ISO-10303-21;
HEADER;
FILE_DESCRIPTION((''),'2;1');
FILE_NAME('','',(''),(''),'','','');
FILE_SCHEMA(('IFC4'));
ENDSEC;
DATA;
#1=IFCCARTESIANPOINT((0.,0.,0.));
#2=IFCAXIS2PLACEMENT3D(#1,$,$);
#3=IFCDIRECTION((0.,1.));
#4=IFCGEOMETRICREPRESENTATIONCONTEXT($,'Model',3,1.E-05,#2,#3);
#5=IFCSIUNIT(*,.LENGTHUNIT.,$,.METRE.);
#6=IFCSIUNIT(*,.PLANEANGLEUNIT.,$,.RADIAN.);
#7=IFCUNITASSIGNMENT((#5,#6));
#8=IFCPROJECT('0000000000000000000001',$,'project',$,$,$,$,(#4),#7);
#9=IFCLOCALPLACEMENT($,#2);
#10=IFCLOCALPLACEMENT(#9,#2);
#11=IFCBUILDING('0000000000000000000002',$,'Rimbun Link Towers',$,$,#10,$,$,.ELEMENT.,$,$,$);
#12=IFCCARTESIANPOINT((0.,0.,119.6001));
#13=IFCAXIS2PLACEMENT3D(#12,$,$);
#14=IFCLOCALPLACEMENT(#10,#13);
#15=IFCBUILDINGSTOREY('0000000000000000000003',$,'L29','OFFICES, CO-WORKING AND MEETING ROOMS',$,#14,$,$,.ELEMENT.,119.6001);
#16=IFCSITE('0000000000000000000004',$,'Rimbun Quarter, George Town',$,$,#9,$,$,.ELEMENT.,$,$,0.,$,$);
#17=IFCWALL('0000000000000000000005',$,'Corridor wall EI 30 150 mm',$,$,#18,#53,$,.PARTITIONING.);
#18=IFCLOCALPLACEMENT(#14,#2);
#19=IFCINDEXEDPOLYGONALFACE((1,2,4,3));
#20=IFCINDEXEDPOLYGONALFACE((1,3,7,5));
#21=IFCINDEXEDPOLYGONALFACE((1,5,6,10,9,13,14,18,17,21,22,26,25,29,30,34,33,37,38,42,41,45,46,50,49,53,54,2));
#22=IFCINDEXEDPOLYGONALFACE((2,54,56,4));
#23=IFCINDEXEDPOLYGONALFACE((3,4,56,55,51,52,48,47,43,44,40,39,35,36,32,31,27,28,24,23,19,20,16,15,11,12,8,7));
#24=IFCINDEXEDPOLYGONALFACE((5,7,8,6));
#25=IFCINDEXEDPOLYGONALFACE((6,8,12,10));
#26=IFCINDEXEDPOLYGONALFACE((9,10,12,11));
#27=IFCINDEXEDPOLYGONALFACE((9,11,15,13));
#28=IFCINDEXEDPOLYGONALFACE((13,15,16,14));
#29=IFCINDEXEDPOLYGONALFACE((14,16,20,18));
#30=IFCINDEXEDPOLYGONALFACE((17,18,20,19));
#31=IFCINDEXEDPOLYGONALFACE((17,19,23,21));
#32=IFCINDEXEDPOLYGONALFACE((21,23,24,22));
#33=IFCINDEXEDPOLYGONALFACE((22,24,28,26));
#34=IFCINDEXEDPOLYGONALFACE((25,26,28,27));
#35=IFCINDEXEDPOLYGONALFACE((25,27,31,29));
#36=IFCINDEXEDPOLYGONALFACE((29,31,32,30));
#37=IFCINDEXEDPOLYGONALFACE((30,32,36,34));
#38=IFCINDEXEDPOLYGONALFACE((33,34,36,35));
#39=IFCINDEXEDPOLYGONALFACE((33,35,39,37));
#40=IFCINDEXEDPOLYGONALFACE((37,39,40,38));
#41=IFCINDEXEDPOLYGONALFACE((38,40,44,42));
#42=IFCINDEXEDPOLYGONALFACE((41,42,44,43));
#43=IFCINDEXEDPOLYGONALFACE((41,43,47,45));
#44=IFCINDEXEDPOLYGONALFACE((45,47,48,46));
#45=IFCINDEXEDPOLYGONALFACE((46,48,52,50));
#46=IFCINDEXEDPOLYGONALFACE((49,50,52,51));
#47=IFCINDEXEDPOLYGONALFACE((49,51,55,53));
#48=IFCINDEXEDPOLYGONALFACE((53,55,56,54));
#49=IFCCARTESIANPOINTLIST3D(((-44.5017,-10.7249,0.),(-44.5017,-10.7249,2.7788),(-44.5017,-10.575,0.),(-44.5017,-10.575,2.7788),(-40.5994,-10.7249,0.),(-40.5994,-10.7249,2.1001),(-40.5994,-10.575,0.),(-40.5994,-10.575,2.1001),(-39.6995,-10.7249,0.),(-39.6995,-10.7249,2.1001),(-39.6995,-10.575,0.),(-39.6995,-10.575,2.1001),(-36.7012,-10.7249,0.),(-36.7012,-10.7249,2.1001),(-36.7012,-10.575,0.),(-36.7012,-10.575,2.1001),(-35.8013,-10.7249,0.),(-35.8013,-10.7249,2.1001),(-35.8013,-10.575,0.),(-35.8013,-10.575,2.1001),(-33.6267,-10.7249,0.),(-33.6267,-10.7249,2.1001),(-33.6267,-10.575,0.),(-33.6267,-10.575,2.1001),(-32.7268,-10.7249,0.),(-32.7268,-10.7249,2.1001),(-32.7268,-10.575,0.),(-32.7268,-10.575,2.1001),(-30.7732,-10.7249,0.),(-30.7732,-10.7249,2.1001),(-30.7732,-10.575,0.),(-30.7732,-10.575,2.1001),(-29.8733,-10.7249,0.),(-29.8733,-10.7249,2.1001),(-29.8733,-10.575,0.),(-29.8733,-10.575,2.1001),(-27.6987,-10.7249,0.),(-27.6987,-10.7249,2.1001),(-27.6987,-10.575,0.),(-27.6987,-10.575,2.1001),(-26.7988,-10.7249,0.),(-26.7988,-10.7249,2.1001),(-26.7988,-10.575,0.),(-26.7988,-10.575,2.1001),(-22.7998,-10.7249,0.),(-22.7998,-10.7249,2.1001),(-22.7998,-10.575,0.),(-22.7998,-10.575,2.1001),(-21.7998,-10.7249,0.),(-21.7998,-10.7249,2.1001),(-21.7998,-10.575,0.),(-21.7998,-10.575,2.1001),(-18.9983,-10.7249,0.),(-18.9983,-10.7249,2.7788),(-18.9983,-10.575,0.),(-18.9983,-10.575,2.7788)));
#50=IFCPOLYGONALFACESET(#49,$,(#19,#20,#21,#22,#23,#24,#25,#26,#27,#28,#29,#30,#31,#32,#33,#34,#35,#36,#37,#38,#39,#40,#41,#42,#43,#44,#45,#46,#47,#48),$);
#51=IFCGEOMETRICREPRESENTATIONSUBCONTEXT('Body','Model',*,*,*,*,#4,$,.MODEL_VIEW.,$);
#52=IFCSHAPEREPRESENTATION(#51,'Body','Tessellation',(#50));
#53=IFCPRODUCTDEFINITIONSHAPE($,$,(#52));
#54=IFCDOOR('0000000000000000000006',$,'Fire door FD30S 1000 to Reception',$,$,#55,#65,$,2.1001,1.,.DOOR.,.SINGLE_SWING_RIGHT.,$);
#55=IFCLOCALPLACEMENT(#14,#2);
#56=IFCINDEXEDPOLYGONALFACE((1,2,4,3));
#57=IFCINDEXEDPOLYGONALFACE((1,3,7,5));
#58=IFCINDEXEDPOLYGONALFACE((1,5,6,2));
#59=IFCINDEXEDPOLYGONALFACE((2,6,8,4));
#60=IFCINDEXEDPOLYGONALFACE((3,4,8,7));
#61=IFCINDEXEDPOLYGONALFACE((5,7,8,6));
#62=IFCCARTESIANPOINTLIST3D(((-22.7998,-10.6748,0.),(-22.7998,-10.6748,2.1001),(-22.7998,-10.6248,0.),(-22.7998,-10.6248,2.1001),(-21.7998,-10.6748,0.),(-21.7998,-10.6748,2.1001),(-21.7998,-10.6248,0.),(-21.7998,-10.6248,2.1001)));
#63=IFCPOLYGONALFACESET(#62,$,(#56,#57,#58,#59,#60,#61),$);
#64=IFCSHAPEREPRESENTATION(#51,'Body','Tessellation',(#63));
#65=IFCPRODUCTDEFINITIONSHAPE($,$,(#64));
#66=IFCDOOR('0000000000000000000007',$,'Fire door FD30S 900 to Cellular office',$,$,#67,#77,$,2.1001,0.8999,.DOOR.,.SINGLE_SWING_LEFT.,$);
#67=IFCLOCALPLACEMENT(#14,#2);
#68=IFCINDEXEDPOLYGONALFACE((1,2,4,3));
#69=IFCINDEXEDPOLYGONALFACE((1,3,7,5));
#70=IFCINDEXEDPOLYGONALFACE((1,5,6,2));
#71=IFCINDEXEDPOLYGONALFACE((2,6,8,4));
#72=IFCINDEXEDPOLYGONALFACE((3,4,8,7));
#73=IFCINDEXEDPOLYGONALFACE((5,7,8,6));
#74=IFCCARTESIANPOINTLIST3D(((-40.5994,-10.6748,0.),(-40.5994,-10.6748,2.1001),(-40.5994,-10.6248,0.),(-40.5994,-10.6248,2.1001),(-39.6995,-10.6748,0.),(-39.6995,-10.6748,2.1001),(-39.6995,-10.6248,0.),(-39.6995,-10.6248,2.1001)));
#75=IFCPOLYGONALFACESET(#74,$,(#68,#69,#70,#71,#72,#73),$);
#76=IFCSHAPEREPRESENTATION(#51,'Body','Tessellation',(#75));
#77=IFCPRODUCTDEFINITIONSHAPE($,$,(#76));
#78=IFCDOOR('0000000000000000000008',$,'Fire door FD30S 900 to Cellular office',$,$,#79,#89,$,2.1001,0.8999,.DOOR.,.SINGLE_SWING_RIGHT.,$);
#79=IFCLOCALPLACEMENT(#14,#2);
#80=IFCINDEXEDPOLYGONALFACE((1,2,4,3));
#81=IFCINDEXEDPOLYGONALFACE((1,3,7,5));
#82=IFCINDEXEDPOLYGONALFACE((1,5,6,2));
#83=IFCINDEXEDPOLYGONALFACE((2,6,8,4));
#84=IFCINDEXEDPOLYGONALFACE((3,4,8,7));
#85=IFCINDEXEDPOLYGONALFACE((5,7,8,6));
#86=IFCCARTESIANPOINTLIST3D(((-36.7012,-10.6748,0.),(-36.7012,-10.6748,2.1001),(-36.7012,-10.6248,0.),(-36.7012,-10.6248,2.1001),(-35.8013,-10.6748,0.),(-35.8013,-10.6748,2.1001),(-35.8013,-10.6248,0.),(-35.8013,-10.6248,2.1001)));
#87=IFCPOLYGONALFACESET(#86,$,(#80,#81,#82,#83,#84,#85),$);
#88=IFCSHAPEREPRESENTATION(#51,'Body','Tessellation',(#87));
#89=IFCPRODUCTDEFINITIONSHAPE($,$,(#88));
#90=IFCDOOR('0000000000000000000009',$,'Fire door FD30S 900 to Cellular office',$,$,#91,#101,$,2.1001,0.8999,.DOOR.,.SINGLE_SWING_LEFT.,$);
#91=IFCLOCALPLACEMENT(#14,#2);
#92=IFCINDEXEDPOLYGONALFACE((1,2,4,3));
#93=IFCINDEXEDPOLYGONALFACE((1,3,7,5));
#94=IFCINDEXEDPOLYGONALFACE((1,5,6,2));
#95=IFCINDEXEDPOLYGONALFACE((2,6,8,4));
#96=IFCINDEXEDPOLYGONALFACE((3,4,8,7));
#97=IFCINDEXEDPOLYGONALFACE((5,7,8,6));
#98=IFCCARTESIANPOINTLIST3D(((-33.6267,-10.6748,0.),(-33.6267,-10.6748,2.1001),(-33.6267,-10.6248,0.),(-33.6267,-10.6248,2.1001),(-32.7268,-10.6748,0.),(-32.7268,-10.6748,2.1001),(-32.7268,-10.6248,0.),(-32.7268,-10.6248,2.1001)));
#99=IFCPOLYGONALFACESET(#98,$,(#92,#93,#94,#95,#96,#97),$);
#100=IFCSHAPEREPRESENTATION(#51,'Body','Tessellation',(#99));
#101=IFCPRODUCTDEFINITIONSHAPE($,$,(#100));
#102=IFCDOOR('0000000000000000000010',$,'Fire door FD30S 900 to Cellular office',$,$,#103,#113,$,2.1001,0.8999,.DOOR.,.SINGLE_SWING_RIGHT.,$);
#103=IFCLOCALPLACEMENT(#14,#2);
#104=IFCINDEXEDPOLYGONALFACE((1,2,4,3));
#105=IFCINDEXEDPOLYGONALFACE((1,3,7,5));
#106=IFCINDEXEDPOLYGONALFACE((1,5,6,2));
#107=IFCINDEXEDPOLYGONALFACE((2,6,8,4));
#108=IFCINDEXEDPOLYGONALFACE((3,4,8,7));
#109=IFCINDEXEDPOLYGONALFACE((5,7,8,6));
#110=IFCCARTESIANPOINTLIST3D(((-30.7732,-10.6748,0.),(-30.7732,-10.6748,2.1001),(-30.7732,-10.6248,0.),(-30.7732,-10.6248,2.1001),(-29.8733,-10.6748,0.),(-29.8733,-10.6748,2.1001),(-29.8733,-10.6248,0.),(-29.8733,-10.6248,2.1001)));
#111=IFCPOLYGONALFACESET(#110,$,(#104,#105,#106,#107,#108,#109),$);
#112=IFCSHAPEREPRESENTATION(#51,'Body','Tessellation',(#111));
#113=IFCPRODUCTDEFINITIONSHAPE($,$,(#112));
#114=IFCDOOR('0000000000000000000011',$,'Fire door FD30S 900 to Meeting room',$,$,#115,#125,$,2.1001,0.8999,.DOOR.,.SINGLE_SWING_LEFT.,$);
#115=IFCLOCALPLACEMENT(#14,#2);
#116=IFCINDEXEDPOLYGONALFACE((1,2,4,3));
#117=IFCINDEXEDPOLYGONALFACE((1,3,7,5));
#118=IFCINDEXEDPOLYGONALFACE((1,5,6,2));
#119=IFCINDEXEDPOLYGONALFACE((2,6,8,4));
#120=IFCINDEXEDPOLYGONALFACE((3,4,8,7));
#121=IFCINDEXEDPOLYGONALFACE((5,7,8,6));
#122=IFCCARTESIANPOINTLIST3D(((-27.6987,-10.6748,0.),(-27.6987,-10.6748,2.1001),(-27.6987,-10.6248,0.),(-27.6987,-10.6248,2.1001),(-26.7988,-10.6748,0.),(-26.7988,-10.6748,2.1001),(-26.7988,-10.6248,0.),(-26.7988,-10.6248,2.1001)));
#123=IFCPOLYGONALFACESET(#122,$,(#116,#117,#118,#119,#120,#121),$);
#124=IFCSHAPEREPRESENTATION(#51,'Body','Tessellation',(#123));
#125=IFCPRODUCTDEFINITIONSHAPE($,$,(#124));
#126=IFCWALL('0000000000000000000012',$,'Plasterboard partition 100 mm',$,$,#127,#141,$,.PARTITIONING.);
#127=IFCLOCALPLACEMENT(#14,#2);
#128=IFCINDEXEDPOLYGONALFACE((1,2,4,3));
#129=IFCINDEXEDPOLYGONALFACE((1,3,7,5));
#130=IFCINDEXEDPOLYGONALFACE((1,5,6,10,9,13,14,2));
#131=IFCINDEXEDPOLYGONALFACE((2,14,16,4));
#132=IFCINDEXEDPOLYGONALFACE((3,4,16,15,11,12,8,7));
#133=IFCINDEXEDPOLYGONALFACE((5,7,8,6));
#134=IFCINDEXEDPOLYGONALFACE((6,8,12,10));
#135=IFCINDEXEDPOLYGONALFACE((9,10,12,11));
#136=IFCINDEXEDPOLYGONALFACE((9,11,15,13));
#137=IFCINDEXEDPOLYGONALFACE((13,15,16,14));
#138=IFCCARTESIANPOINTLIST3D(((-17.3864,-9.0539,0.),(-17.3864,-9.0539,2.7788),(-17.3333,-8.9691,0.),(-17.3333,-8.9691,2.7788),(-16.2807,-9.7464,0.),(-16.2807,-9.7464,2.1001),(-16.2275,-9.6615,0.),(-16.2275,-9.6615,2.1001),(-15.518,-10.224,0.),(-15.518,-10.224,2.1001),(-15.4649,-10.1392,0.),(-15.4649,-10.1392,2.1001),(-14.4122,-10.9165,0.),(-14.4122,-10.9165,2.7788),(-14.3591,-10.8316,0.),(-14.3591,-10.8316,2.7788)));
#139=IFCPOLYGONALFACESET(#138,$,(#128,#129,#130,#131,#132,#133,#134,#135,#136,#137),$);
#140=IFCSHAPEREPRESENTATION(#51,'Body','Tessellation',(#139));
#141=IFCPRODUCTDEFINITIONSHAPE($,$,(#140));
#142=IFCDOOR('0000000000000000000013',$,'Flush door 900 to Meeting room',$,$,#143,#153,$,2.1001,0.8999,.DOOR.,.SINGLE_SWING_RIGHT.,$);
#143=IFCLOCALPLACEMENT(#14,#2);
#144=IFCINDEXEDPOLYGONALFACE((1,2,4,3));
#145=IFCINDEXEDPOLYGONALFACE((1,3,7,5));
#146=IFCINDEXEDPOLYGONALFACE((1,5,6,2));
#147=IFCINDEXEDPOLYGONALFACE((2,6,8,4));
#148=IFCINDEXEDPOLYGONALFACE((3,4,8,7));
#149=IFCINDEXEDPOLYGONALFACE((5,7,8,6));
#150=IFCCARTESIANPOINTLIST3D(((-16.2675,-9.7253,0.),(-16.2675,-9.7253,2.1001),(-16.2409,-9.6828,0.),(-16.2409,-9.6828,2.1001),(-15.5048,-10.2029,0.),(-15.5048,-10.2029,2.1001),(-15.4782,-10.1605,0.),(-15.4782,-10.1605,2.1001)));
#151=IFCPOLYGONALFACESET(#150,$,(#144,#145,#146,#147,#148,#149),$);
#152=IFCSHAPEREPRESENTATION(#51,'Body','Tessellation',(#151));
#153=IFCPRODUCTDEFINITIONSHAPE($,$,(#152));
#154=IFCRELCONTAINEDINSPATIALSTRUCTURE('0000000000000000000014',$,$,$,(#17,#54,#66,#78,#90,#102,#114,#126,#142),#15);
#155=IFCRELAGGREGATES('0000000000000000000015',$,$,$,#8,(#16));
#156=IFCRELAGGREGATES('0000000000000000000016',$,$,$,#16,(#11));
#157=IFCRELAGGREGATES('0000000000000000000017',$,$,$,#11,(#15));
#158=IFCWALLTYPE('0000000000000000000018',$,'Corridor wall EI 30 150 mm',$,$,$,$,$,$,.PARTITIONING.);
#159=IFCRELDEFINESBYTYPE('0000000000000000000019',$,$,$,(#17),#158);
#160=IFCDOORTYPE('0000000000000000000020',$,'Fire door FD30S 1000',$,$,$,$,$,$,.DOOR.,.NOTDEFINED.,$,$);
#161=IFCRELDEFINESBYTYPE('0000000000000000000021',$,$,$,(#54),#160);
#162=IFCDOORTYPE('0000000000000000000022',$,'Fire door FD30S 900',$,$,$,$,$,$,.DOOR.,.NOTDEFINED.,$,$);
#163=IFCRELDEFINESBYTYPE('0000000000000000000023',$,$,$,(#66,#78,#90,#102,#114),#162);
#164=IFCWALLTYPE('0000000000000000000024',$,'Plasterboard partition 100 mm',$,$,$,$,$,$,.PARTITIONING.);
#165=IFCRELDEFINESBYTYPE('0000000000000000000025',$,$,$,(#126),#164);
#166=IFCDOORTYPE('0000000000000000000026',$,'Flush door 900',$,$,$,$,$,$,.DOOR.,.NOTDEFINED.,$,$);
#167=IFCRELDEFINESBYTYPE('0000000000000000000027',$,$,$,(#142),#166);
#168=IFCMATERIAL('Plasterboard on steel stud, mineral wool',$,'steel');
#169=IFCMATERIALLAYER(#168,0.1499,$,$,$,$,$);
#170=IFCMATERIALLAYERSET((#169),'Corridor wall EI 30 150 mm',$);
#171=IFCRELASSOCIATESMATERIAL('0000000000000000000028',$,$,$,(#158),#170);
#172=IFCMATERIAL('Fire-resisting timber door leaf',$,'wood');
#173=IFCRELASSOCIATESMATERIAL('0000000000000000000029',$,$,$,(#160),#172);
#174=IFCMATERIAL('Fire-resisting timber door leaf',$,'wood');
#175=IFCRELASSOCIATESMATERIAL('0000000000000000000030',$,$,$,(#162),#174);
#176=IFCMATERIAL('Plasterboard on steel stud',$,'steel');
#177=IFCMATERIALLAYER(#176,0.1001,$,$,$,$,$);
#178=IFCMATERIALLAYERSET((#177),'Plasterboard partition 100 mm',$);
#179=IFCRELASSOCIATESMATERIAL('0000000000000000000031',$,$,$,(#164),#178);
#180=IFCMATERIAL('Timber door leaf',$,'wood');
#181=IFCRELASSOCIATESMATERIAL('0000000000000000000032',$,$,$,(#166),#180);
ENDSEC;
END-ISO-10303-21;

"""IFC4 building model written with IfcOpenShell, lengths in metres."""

from ifc_helpers import new_model, si_unit, direction, frame, frame_2d, origin, place, context, subcontext, project, spatial, rectangle, extrude, material, layer, layer_set, type_object, element, fill, save


model = new_model("IFC4")

# Units and contexts
model_context = context("Model", 3, precision=1e-05, world=origin(), true_north=direction((0.0, 1.0)))
body_context = subcontext(model_context, "Body", "Model", "MODEL_VIEW")
ifc_project = project(units=[si_unit("LENGTHUNIT", "METRE"), si_unit("PLANEANGLEUNIT", "RADIAN")], contexts=[model_context])

# Site, building, storey
site_placement = place(None, origin())
site = spatial("IfcSite", under=ifc_project, at=site_placement, Name="Rimbun Quarter, George Town", CompositionType="ELEMENT", RefElevation=0.0)
building_placement = place(site_placement, origin())
building = spatial("IfcBuilding", under=site, at=building_placement, Name="Rimbun Link Towers", CompositionType="ELEMENT")
storey_placement = place(building_placement, frame((0.0, 0.0, 119.6001)))
storey = spatial("IfcBuildingStorey", under=building, at=storey_placement, Name="L29", Description="OFFICES, CO-WORKING AND MEETING ROOMS", CompositionType="ELEMENT", Elevation=119.6001)

# Shared definitions
ifc_material_1 = material(Name="Plasterboard on steel stud, mineral wool", Category="steel")
ifc_layer_1 = layer(ifc_material_1, 0.1499)
ifc_layer_set_1 = layer_set([ifc_layer_1], Name="Corridor wall EI 30 150 mm")
wall_type_1 = type_object("IfcWallType", Name="Corridor wall EI 30 150 mm", PredefinedType="PARTITIONING", material=ifc_layer_set_1)

# Wall, openings, doors
wall_1_placement = place(storey_placement, frame((-18.9983, -10.6499, 0.0), z_axis=(0.0, 0.0, 1.0), x_axis=(-1.0, 0.0, 0.0)))
wall_1 = element("IfcWall", 1, at=wall_1_placement, inside=storey, type_object=wall_type_1, Name="Corridor wall EI 30 150 mm", PredefinedType="PARTITIONING", context=body_context, shape_type="SweptSolid", body=[
    extrude(rectangle(XDim=25.5034, YDim=0.1499, at=frame_2d((12.7517, 0.0))), origin(), (0.0, 0.0, 1.0), 2.7788),
])
opening_1_placement = place(wall_1_placement, frame((20.7012, 0.0, 0.0)))
opening_1 = element("IfcOpeningElement", 2, at=opening_1_placement, cuts=wall_1, PredefinedType="OPENING", context=body_context, shape_type="SweptSolid", body=[
    extrude(rectangle(XDim=0.8999, YDim=2.1001, at=frame_2d((0.45, 1.05))), frame((0.0, 0.085, 0.0), z_axis=(0.0, -1.0, 0.0), x_axis=(1.0, 0.0, 0.0)), (0.0, 0.0, 1.0), 0.1699),
])
opening_2_placement = place(wall_1_placement, frame((16.803, 0.0, 0.0)))
opening_2 = element("IfcOpeningElement", 3, at=opening_2_placement, cuts=wall_1, PredefinedType="OPENING", context=body_context, shape_type="SweptSolid", body=[
    extrude(rectangle(XDim=0.8999, YDim=2.1001, at=frame_2d((0.45, 1.05))), frame((0.0, 0.085, 0.0), z_axis=(0.0, -1.0, 0.0), x_axis=(1.0, 0.0, 0.0)), (0.0, 0.0, 1.0), 0.1699),
])
opening_3_placement = place(wall_1_placement, frame((13.7285, 0.0, 0.0)))
opening_3 = element("IfcOpeningElement", 4, at=opening_3_placement, cuts=wall_1, PredefinedType="OPENING", context=body_context, shape_type="SweptSolid", body=[
    extrude(rectangle(XDim=0.8999, YDim=2.1001, at=frame_2d((0.45, 1.05))), frame((0.0, 0.085, 0.0), z_axis=(0.0, -1.0, 0.0), x_axis=(1.0, 0.0, 0.0)), (0.0, 0.0, 1.0), 0.1699),
])
opening_4_placement = place(wall_1_placement, frame((10.875, 0.0, 0.0)))
opening_4 = element("IfcOpeningElement", 5, at=opening_4_placement, cuts=wall_1, PredefinedType="OPENING", context=body_context, shape_type="SweptSolid", body=[
    extrude(rectangle(XDim=0.8999, YDim=2.1001, at=frame_2d((0.45, 1.05))), frame((0.0, 0.085, 0.0), z_axis=(0.0, -1.0, 0.0), x_axis=(1.0, 0.0, 0.0)), (0.0, 0.0, 1.0), 0.1699),
])
opening_5_placement = place(wall_1_placement, frame((7.8005, 0.0, 0.0)))
opening_5 = element("IfcOpeningElement", 6, at=opening_5_placement, cuts=wall_1, PredefinedType="OPENING", context=body_context, shape_type="SweptSolid", body=[
    extrude(rectangle(XDim=0.8999, YDim=2.1001, at=frame_2d((0.45, 1.05))), frame((0.0, 0.085, 0.0), z_axis=(0.0, -1.0, 0.0), x_axis=(1.0, 0.0, 0.0)), (0.0, 0.0, 1.0), 0.1699),
])
opening_6_placement = place(wall_1_placement, frame((2.8015, 0.0, 0.0)))
opening_6 = element("IfcOpeningElement", 7, at=opening_6_placement, cuts=wall_1, PredefinedType="OPENING", context=body_context, shape_type="SweptSolid", body=[
    extrude(rectangle(XDim=1.0, YDim=2.1001, at=frame_2d((0.5, 1.05))), frame((0.0, 0.085, 0.0), z_axis=(0.0, -1.0, 0.0), x_axis=(1.0, 0.0, 0.0)), (0.0, 0.0, 1.0), 0.1699),
])
ifc_material_2 = material(Name="Fire-resisting timber door leaf", Category="wood")
door_type_1 = type_object("IfcDoorType", Name="Fire door FD30S 1000", OperationType="NOTDEFINED", PredefinedType="DOOR", material=ifc_material_2)
door_1_placement = place(opening_6_placement, origin())
door_1 = element("IfcDoor", 8, at=door_1_placement, inside=storey, type_object=door_type_1, Name="Fire door FD30S 1000 to Reception", OperationType="SINGLE_SWING_RIGHT", OverallHeight=2.1001, OverallWidth=1.0, PredefinedType="DOOR", context=body_context, shape_type="SweptSolid", body=[
    extrude(rectangle(XDim=1.0, YDim=2.1001, at=frame_2d((0.5, 1.05))), frame((0.0, 0.0249, 0.0), z_axis=(0.0, -1.0, 0.0), x_axis=(1.0, 0.0, 0.0)), (0.0, 0.0, 1.0), 0.05),
])
fill(opening_6, door_1)
ifc_material_3 = material(Name="Fire-resisting timber door leaf", Category="wood")
door_type_2 = type_object("IfcDoorType", Name="Fire door FD30S 900", OperationType="NOTDEFINED", PredefinedType="DOOR", material=ifc_material_3)
door_2_placement = place(opening_1_placement, origin())
door_2 = element("IfcDoor", 9, at=door_2_placement, inside=storey, type_object=door_type_2, Name="Fire door FD30S 900 to Cellular office", OperationType="SINGLE_SWING_LEFT", OverallHeight=2.1001, OverallWidth=0.8999, PredefinedType="DOOR", context=body_context, shape_type="SweptSolid", body=[
    extrude(rectangle(XDim=0.8999, YDim=2.1001, at=frame_2d((0.45, 1.05))), frame((0.0, 0.0249, 0.0), z_axis=(0.0, -1.0, 0.0), x_axis=(1.0, 0.0, 0.0)), (0.0, 0.0, 1.0), 0.05),
])
fill(opening_1, door_2)
door_3_placement = place(opening_2_placement, origin())
door_3 = element("IfcDoor", 10, at=door_3_placement, inside=storey, type_object=door_type_2, Name="Fire door FD30S 900 to Cellular office", OperationType="SINGLE_SWING_RIGHT", OverallHeight=2.1001, OverallWidth=0.8999, PredefinedType="DOOR", context=body_context, shape_type="SweptSolid", body=[
    extrude(rectangle(XDim=0.8999, YDim=2.1001, at=frame_2d((0.45, 1.05))), frame((0.0, 0.0249, 0.0), z_axis=(0.0, -1.0, 0.0), x_axis=(1.0, 0.0, 0.0)), (0.0, 0.0, 1.0), 0.05),
])
fill(opening_2, door_3)
door_4_placement = place(opening_3_placement, origin())
door_4 = element("IfcDoor", 11, at=door_4_placement, inside=storey, type_object=door_type_2, Name="Fire door FD30S 900 to Cellular office", OperationType="SINGLE_SWING_LEFT", OverallHeight=2.1001, OverallWidth=0.8999, PredefinedType="DOOR", context=body_context, shape_type="SweptSolid", body=[
    extrude(rectangle(XDim=0.8999, YDim=2.1001, at=frame_2d((0.45, 1.05))), frame((0.0, 0.0249, 0.0), z_axis=(0.0, -1.0, 0.0), x_axis=(1.0, 0.0, 0.0)), (0.0, 0.0, 1.0), 0.05),
])
fill(opening_3, door_4)
door_5_placement = place(opening_4_placement, origin())
door_5 = element("IfcDoor", 12, at=door_5_placement, inside=storey, type_object=door_type_2, Name="Fire door FD30S 900 to Cellular office", OperationType="SINGLE_SWING_RIGHT", OverallHeight=2.1001, OverallWidth=0.8999, PredefinedType="DOOR", context=body_context, shape_type="SweptSolid", body=[
    extrude(rectangle(XDim=0.8999, YDim=2.1001, at=frame_2d((0.45, 1.05))), frame((0.0, 0.0249, 0.0), z_axis=(0.0, -1.0, 0.0), x_axis=(1.0, 0.0, 0.0)), (0.0, 0.0, 1.0), 0.05),
])
fill(opening_4, door_5)
door_6_placement = place(opening_5_placement, origin())
door_6 = element("IfcDoor", 13, at=door_6_placement, inside=storey, type_object=door_type_2, Name="Fire door FD30S 900 to Meeting room", OperationType="SINGLE_SWING_LEFT", OverallHeight=2.1001, OverallWidth=0.8999, PredefinedType="DOOR", context=body_context, shape_type="SweptSolid", body=[
    extrude(rectangle(XDim=0.8999, YDim=2.1001, at=frame_2d((0.45, 1.05))), frame((0.0, 0.0249, 0.0), z_axis=(0.0, -1.0, 0.0), x_axis=(1.0, 0.0, 0.0)), (0.0, 0.0, 1.0), 0.05),
])
fill(opening_5, door_6)

# Wall, opening, door
ifc_material_4 = material(Name="Plasterboard on steel stud", Category="steel")
ifc_layer_2 = layer(ifc_material_4, 0.1001)
ifc_layer_set_2 = layer_set([ifc_layer_2], Name="Plasterboard partition 100 mm")
wall_type_2 = type_object("IfcWallType", Name="Plasterboard partition 100 mm", PredefinedType="PARTITIONING", material=ifc_layer_set_2)
wall_2_placement = place(storey_placement, frame((-17.3599, -9.0115, 0.0), z_axis=(0.0, 0.0, 1.0), x_axis=(0.847521, -0.530762, 0.0)))
wall_2 = element("IfcWall", 14, at=wall_2_placement, inside=storey, type_object=wall_type_2, Name="Plasterboard partition 100 mm", PredefinedType="PARTITIONING", context=body_context, shape_type="SweptSolid", body=[
    extrude(rectangle(XDim=3.5093, YDim=0.1001, at=frame_2d((1.7546, 0.0))), origin(), (0.0, 0.0, 1.0), 2.7788),
])
opening_7_placement = place(wall_2_placement, frame((1.3047, 0.0, 0.0)))
opening_7 = element("IfcOpeningElement", 15, at=opening_7_placement, cuts=wall_2, PredefinedType="OPENING", context=body_context, shape_type="SweptSolid", body=[
    extrude(rectangle(XDim=0.8999, YDim=2.1001, at=frame_2d((0.45, 1.05))), frame((0.0, 0.0601, 0.0), z_axis=(0.0, -1.0, 0.0), x_axis=(1.0, 0.0, 0.0)), (0.0, 0.0, 1.0), 0.1201),
])
ifc_material_5 = material(Name="Timber door leaf", Category="wood")
door_type_3 = type_object("IfcDoorType", Name="Flush door 900", OperationType="NOTDEFINED", PredefinedType="DOOR", material=ifc_material_5)
door_7_placement = place(opening_7_placement, origin())
door_7 = element("IfcDoor", 16, at=door_7_placement, inside=storey, type_object=door_type_3, Name="Flush door 900 to Meeting room", OperationType="SINGLE_SWING_RIGHT", OverallHeight=2.1001, OverallWidth=0.8999, PredefinedType="DOOR", context=body_context, shape_type="SweptSolid", body=[
    extrude(rectangle(XDim=0.8999, YDim=2.1001, at=frame_2d((0.45, 1.05))), frame((0.0, 0.0249, 0.0), z_axis=(0.0, -1.0, 0.0), x_axis=(1.0, 0.0, 0.0)), (0.0, 0.0, 1.0), 0.05),
])
fill(opening_7, door_7)

save(model, "model.ifc")
